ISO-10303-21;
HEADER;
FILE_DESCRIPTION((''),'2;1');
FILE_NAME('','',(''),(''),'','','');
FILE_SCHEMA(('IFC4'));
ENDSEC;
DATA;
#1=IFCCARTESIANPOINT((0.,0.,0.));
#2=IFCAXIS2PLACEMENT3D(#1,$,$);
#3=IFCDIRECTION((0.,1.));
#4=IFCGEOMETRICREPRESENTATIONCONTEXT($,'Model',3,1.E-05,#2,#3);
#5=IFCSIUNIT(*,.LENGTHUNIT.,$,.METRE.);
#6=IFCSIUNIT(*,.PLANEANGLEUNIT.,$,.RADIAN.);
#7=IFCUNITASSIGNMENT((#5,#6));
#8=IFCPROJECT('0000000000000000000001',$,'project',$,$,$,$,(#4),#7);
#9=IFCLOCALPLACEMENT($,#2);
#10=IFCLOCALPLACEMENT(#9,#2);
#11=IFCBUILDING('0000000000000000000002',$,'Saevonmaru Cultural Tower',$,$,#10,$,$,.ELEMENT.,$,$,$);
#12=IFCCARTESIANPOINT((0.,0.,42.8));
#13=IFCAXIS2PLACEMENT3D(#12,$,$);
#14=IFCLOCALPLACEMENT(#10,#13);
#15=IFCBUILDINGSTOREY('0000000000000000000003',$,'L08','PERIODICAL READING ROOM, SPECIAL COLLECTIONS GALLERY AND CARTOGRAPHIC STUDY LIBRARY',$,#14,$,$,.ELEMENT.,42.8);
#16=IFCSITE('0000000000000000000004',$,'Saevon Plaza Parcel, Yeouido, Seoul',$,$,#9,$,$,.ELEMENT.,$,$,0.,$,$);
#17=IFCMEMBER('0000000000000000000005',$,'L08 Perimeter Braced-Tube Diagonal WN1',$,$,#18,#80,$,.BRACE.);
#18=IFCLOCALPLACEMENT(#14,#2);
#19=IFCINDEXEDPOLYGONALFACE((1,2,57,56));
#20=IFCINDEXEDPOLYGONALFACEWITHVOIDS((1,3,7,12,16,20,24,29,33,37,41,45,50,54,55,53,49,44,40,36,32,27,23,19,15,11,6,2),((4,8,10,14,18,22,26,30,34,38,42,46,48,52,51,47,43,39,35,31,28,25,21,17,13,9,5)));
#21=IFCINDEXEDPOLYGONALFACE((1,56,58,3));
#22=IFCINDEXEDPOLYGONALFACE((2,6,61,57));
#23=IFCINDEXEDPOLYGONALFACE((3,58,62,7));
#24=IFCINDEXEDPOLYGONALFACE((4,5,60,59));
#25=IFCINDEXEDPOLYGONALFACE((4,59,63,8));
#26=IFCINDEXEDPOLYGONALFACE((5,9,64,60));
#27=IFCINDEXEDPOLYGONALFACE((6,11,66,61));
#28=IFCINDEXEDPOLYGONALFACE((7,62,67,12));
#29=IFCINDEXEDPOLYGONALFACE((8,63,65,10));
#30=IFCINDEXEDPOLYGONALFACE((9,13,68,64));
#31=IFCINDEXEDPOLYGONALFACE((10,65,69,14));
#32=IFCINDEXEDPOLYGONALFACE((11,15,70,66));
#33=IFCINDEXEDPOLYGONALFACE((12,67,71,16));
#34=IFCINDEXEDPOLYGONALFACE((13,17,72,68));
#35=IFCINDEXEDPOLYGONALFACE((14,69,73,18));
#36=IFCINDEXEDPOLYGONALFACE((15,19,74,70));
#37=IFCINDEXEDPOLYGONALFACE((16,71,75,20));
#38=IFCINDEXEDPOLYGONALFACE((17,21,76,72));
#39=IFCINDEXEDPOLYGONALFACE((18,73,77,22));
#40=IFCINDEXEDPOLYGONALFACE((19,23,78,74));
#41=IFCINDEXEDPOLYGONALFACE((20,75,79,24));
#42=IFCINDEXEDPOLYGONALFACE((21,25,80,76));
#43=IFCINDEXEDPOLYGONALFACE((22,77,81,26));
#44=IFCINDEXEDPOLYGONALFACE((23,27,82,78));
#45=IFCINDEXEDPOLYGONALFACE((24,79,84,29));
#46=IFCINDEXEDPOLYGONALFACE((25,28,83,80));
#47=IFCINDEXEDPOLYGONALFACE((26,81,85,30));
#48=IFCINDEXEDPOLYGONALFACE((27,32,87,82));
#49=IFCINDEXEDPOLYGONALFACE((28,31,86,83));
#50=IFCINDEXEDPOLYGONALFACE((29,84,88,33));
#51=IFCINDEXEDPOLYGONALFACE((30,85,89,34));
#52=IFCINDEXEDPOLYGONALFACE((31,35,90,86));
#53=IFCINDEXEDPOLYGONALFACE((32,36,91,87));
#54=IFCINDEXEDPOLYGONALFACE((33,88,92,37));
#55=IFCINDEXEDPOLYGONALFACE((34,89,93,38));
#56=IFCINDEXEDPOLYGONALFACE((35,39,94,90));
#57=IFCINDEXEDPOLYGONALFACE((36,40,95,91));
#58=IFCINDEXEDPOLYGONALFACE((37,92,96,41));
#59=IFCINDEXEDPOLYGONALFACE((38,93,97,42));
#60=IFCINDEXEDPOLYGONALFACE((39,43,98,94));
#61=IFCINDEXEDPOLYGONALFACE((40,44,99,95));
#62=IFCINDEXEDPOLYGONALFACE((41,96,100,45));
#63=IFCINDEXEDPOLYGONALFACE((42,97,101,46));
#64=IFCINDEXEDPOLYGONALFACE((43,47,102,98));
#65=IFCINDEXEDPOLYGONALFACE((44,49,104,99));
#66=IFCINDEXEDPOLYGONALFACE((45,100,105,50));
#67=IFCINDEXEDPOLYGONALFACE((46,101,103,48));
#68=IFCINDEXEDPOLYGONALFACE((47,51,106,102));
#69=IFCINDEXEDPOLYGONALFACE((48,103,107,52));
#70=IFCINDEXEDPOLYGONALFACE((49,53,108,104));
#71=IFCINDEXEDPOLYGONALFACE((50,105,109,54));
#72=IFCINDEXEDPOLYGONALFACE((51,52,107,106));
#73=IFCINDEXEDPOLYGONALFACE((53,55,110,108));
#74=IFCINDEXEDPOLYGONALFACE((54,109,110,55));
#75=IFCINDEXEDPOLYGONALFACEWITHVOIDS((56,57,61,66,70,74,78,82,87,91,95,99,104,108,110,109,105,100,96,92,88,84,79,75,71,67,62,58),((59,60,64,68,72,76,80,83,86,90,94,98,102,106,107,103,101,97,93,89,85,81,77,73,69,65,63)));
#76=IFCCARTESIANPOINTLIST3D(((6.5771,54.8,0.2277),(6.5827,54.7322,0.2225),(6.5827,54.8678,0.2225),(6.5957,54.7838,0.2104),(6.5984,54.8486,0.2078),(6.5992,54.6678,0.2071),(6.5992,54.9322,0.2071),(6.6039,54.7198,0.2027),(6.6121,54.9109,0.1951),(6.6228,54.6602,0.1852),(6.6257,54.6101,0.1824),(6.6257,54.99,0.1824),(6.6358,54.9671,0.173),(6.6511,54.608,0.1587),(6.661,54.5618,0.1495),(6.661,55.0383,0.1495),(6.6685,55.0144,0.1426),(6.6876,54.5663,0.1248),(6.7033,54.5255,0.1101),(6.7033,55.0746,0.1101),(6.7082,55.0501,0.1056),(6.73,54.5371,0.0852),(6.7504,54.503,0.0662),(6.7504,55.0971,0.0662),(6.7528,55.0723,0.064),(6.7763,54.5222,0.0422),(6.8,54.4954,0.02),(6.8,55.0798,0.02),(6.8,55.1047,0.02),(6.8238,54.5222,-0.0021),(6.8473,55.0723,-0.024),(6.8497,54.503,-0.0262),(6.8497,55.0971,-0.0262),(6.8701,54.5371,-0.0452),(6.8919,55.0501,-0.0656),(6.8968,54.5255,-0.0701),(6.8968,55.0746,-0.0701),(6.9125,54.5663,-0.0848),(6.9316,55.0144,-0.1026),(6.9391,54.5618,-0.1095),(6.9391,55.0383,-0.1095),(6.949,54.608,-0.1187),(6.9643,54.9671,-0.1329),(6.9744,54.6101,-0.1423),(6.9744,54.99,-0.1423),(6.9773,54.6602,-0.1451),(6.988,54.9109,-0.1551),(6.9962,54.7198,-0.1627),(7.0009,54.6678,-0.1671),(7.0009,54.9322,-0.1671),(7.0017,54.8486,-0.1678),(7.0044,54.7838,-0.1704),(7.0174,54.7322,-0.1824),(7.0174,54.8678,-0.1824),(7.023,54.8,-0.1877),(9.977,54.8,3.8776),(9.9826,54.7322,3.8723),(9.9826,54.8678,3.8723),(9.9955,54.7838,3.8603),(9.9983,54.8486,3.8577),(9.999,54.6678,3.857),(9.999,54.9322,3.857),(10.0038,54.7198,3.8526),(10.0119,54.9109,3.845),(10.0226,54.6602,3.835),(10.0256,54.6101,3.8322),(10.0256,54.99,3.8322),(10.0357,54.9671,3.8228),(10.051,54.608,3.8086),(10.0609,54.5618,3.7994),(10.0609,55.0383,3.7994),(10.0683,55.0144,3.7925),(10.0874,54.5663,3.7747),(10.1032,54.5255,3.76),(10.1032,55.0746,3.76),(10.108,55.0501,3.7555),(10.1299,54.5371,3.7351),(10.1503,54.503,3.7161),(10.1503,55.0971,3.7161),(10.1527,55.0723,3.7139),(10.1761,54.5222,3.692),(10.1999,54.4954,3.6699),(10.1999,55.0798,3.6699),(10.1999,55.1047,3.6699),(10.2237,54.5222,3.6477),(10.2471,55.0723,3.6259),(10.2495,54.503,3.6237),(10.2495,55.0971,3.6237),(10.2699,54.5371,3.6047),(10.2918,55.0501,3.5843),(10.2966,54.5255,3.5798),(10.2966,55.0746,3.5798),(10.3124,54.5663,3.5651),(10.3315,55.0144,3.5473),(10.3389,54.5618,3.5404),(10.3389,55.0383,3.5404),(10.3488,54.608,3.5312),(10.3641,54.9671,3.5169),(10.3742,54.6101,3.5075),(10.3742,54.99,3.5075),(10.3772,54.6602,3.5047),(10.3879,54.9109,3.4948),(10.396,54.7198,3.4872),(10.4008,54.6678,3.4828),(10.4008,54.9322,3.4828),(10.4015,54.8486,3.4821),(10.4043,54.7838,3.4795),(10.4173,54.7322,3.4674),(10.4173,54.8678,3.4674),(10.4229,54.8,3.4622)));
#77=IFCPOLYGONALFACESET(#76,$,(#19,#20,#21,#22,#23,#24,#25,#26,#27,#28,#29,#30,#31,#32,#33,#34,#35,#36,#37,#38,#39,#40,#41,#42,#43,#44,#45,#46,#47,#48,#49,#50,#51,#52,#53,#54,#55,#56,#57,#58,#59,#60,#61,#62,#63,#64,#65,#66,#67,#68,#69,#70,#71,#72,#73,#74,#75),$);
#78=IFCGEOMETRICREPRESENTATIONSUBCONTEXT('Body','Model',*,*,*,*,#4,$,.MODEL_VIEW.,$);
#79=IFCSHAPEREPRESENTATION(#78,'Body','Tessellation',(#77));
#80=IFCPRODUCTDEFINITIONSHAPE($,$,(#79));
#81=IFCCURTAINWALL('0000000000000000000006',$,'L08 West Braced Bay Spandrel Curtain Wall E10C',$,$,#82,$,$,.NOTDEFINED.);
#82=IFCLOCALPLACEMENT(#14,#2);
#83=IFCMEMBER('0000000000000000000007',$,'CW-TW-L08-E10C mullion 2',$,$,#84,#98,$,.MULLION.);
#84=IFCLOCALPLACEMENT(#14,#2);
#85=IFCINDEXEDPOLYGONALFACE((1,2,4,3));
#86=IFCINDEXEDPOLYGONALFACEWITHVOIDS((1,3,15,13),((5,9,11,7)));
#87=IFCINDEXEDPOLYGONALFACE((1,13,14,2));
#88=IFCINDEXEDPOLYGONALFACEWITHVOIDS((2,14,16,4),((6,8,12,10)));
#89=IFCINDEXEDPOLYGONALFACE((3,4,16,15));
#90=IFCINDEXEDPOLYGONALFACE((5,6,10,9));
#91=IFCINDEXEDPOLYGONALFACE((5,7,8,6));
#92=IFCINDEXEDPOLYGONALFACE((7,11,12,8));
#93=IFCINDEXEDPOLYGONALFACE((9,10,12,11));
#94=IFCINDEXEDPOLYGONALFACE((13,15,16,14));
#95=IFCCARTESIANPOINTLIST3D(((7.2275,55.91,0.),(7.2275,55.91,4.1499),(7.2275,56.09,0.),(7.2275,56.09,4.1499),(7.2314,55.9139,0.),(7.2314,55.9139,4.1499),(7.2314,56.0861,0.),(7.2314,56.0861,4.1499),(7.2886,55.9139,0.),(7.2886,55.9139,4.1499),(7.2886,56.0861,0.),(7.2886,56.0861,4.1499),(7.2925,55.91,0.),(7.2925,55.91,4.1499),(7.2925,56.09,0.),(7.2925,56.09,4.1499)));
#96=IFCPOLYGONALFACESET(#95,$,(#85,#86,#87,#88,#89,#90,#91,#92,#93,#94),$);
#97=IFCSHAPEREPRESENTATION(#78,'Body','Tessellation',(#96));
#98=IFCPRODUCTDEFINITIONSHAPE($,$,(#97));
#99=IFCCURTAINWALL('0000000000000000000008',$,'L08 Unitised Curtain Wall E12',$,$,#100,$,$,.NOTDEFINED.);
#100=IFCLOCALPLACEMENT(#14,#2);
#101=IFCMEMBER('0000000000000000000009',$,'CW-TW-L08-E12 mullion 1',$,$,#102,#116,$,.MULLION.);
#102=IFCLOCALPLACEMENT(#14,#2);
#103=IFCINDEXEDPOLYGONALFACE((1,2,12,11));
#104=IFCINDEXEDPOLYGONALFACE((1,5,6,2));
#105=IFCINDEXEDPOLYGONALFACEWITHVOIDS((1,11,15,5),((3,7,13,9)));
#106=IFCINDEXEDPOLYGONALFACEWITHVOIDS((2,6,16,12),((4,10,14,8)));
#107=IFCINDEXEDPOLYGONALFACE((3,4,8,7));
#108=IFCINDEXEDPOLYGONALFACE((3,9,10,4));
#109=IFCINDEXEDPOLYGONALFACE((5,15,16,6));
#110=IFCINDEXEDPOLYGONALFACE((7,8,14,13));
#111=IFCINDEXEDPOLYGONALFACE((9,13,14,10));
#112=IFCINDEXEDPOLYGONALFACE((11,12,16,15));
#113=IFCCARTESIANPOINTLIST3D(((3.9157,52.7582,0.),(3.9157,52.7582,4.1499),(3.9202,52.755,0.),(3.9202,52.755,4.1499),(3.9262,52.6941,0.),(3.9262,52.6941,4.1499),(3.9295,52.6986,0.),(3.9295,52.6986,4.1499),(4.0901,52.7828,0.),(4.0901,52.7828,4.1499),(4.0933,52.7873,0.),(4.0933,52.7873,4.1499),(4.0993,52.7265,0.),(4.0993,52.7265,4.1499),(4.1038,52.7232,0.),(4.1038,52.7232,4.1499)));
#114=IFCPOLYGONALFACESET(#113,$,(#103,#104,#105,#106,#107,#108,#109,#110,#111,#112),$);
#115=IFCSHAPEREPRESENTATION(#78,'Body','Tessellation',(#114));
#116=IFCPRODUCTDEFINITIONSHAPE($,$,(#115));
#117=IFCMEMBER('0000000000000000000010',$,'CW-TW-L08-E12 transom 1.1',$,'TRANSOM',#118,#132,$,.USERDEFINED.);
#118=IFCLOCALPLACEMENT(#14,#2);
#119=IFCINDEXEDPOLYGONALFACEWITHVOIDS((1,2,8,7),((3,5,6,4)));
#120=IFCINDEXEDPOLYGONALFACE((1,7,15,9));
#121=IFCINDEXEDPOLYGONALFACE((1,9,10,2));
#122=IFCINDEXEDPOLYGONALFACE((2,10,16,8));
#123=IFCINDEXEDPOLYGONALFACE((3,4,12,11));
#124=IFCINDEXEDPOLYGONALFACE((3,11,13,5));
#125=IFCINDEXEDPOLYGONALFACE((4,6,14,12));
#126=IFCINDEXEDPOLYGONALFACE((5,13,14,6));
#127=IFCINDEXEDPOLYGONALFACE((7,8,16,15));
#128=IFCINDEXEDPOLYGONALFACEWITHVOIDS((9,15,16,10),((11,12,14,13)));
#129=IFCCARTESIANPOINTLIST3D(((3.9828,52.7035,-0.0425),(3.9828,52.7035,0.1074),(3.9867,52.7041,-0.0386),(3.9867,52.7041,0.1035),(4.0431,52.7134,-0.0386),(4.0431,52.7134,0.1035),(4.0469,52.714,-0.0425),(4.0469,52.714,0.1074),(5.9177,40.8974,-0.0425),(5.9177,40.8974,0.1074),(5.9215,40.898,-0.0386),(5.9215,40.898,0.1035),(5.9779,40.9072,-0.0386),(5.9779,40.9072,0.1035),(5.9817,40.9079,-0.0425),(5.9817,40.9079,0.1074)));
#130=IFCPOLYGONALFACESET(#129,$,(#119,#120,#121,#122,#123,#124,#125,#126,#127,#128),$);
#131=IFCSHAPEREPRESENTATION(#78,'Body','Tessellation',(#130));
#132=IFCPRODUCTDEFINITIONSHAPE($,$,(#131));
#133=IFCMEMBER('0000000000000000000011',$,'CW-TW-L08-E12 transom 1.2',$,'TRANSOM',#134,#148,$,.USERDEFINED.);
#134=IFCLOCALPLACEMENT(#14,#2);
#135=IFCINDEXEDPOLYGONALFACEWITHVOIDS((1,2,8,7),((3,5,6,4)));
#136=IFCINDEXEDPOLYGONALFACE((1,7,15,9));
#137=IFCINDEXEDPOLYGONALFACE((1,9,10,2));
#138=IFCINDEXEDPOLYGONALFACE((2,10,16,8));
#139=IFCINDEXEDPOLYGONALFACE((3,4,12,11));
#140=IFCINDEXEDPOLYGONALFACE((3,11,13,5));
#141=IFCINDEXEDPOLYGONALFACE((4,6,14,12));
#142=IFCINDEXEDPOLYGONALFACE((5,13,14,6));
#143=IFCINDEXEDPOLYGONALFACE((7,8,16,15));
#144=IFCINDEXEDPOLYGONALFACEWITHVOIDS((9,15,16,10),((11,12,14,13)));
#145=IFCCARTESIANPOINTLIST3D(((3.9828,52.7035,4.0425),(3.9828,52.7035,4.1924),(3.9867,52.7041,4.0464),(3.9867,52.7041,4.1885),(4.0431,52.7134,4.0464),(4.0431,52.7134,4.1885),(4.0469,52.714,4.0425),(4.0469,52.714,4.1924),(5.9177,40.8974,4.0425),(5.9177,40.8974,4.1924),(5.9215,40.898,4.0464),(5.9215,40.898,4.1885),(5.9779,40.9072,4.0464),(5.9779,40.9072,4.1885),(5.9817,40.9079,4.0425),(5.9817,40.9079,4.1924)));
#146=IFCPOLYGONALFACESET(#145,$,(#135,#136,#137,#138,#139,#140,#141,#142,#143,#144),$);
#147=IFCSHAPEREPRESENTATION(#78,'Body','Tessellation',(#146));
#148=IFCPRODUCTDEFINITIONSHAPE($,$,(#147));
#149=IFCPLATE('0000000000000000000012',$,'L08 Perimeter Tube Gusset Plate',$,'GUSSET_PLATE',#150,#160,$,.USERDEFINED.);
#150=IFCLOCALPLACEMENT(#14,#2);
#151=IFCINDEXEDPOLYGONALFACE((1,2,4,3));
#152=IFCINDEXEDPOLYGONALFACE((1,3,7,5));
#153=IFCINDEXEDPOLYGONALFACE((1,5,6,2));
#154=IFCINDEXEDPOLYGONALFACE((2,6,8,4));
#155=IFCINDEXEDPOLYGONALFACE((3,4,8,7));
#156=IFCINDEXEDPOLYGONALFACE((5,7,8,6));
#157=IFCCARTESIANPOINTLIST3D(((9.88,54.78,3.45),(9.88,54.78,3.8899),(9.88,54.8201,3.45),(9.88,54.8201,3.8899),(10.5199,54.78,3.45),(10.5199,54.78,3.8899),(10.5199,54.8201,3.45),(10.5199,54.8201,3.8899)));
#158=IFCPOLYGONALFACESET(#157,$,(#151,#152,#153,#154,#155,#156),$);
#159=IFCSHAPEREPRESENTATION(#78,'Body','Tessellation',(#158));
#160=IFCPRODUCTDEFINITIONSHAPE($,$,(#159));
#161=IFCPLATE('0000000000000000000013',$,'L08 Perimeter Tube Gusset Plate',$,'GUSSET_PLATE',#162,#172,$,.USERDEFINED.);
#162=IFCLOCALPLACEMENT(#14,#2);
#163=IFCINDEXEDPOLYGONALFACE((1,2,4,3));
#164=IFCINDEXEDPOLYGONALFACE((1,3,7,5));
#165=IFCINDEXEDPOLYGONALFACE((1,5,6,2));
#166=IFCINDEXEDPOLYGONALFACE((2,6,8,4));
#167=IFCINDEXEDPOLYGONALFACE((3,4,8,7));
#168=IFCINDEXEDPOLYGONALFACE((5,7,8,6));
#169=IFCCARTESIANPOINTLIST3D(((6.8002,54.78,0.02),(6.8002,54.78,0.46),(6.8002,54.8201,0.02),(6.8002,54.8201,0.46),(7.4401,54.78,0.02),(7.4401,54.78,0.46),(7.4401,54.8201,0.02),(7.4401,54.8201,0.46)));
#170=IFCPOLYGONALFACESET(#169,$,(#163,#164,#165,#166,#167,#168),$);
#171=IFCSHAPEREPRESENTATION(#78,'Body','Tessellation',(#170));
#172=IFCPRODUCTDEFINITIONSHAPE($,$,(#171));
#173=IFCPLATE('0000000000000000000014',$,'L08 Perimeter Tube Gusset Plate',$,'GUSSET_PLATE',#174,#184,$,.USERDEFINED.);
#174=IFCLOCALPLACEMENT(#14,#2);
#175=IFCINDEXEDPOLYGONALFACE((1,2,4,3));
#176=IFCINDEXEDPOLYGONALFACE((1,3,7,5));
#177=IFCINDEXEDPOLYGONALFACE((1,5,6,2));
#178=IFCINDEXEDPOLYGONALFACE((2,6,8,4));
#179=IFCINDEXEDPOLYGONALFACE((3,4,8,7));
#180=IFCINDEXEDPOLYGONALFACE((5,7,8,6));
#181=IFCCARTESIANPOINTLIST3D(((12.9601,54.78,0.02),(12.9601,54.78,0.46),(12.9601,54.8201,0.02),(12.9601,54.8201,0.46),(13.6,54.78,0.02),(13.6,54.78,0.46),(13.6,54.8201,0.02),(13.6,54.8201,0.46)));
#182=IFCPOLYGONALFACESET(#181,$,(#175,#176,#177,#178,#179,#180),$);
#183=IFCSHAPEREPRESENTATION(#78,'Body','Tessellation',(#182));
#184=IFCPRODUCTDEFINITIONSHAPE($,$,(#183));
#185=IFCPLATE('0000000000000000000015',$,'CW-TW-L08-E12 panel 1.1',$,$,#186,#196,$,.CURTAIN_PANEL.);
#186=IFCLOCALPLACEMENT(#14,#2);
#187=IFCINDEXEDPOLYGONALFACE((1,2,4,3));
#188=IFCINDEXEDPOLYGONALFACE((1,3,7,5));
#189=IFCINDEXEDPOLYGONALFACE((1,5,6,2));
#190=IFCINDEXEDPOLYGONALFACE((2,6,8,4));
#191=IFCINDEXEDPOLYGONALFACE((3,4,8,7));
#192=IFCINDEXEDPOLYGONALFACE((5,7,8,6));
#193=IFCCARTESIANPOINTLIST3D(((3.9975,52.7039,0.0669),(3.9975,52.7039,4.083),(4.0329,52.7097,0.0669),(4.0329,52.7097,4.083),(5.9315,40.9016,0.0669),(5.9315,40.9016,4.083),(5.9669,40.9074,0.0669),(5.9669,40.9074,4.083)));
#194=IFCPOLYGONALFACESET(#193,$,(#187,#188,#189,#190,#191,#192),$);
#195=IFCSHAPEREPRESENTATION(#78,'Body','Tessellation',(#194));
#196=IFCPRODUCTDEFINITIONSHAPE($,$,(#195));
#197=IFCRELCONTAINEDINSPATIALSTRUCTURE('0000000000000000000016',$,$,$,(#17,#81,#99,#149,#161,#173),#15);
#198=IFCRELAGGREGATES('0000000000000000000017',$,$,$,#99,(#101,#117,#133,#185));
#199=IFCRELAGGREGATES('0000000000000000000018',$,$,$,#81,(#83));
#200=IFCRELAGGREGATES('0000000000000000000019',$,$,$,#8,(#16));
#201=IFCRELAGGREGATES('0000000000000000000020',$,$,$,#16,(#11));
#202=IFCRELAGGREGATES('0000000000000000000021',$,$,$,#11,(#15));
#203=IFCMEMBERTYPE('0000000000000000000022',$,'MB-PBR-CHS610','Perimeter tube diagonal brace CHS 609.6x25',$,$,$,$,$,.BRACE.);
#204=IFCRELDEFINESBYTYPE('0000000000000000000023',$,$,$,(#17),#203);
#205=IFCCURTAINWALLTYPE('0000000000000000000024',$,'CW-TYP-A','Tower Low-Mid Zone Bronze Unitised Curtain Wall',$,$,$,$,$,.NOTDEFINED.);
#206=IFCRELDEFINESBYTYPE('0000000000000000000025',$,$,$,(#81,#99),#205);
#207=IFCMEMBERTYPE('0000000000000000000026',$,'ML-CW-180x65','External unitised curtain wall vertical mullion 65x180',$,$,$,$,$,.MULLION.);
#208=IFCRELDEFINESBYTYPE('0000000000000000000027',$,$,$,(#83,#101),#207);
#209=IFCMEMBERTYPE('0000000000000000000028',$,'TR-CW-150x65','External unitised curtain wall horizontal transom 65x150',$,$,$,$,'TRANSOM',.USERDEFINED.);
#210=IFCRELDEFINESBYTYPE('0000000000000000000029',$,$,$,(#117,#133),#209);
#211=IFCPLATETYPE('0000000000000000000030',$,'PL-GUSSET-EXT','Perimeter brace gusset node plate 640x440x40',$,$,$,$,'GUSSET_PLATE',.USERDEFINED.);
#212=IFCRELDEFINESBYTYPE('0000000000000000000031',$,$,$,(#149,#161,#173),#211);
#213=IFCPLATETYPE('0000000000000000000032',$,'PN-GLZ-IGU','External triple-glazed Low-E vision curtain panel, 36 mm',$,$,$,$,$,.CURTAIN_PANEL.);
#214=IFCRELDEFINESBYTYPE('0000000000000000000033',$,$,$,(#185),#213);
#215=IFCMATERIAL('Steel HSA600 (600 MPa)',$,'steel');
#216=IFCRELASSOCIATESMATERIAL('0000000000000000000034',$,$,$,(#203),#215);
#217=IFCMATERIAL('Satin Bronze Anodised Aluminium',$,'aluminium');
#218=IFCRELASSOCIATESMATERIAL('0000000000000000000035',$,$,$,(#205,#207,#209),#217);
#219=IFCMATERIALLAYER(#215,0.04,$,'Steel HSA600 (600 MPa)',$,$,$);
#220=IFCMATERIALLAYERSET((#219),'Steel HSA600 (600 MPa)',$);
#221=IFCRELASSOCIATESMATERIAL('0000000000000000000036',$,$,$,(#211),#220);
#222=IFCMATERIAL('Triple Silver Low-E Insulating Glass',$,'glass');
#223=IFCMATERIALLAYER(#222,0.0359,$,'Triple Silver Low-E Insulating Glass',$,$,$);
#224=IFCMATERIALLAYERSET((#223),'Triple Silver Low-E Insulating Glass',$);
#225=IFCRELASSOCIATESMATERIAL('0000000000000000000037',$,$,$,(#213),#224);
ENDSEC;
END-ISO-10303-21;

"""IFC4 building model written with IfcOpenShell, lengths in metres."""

from ifc_helpers import new_model, si_unit, direction, frame, origin, origin_2d, place, context, subcontext, project, spatial, rectangle, hollow_rectangle, hollow_circle, extrude, material, layer, layer_set, material_profile, profile_set, type_object, element, aggregate, save


model = new_model("IFC4")

# Units and contexts
model_context = context("Model", 3, precision=1e-05, world=origin(), true_north=direction((0.0, 1.0)))
body_context = subcontext(model_context, "Body", "Model", "MODEL_VIEW")
ifc_project = project(units=[si_unit("LENGTHUNIT", "METRE"), si_unit("PLANEANGLEUNIT", "RADIAN")], contexts=[model_context])

# Site, building, storey
site_placement = place(None, origin())
site = spatial("IfcSite", under=ifc_project, at=site_placement, Name="Saevon Plaza Parcel, Yeouido, Seoul", CompositionType="ELEMENT", RefElevation=0.0)
building_placement = place(site_placement, origin())
building = spatial("IfcBuilding", under=site, at=building_placement, Name="Saevonmaru Cultural Tower", CompositionType="ELEMENT")
storey_placement = place(building_placement, frame((0.0, 0.0, 42.8)))
storey = spatial("IfcBuildingStorey", under=building, at=storey_placement, Name="L08", Description="PERIODICAL READING ROOM, SPECIAL COLLECTIONS GALLERY AND CARTOGRAPHIC STUDY LIBRARY", CompositionType="ELEMENT", Elevation=42.8)

# Shared definitions
ifc_material_1 = material(Name="Steel HSA600 (600 MPa)", Category="steel")

# Member
ifc_material_profile_1 = material_profile(ifc_material_1, hollow_circle(Radius=0.3047, WallThickness=0.0249, at=origin_2d()), Name="CHS-609.6x25")
ifc_profile_set_1 = profile_set([ifc_material_profile_1], Name="Steel HSA600 (600 MPa)")
member_type_1 = type_object("IfcMemberType", Name="MB-PBR-CHS610", Description="Perimeter tube diagonal brace CHS 609.6x25", PredefinedType="BRACE", material=ifc_profile_set_1)
member_1_placement = place(storey_placement, frame((6.8, 54.8, 0.02), z_axis=(0.681603, 0.0, 0.731722), x_axis=(0.0, 1.0, 0.0)))
element("IfcMember", 1, at=member_1_placement, inside=storey, type_object=member_type_1, Name="L08 Perimeter Braced-Tube Diagonal WN1", PredefinedType="BRACE", context=body_context, shape_type="SweptSolid", body=[
    extrude(hollow_circle(Radius=0.3047, WallThickness=0.0249, at=origin_2d()), origin(), (0.0, 0.0, 1.0), 4.988),
])

# Curtain wall, member
ifc_material_2 = material(Name="Satin Bronze Anodised Aluminium", Category="aluminium")
curtain_wall_type = type_object("IfcCurtainWallType", Name="CW-TYP-A", Description="Tower Low-Mid Zone Bronze Unitised Curtain Wall", PredefinedType="NOTDEFINED", material=ifc_material_2)
curtain_wall_1_placement = place(storey_placement, origin())
curtain_wall_1 = element("IfcCurtainWall", 2, at=curtain_wall_1_placement, inside=storey, type_object=curtain_wall_type, Name="L08 West Braced Bay Spandrel Curtain Wall E10C", PredefinedType="NOTDEFINED")
ifc_material_profile_2 = material_profile(ifc_material_2, hollow_rectangle(XDim=0.0649, YDim=0.1799, WallThickness=0.0039, at=origin_2d()), Name="ALU-MULL-180x65x4")
ifc_profile_set_2 = profile_set([ifc_material_profile_2], Name="Satin Bronze Anodised Aluminium")
member_type_2 = type_object("IfcMemberType", Name="ML-CW-180x65", Description="External unitised curtain wall vertical mullion 65x180", PredefinedType="MULLION", material=ifc_profile_set_2)
member_2_placement = place(storey_placement, frame((7.26, 56.0, 0.0), z_axis=(0.0, 0.0, 1.0), x_axis=(-1.0, 0.0, 0.0)))
member_2 = element("IfcMember", 3, at=member_2_placement, type_object=member_type_2, Name="CW-TW-L08-E10C mullion 2", PredefinedType="MULLION", context=body_context, shape_type="SweptSolid", body=[
    extrude(hollow_rectangle(XDim=0.0649, YDim=0.1799, WallThickness=0.0039, at=origin_2d()), origin(), (0.0, 0.0, 1.0), 4.1499),
])

# Curtain wall, members
curtain_wall_2_placement = place(storey_placement, origin())
curtain_wall_2 = element("IfcCurtainWall", 4, at=curtain_wall_2_placement, inside=storey, type_object=curtain_wall_type, Name="L08 Unitised Curtain Wall E12", PredefinedType="NOTDEFINED")
member_3_placement = place(storey_placement, frame((4.0098, 52.7407, 0.0), z_axis=(0.0, 0.0, 1.0), x_axis=(0.161709, -0.986839, 0.0)))
member_3 = element("IfcMember", 5, at=member_3_placement, type_object=member_type_2, Name="CW-TW-L08-E12 mullion 1", PredefinedType="MULLION", context=body_context, shape_type="SweptSolid", body=[
    extrude(hollow_rectangle(XDim=0.0649, YDim=0.1799, WallThickness=0.0039, at=origin_2d()), origin(), (0.0, 0.0, 1.0), 4.1499),
])
ifc_material_profile_3 = material_profile(ifc_material_2, hollow_rectangle(XDim=0.0649, YDim=0.1499, WallThickness=0.0039, at=origin_2d()), Name="ALU-TRAN-150x65x4")
ifc_profile_set_3 = profile_set([ifc_material_profile_3], Name="Satin Bronze Anodised Aluminium")
member_type_3 = type_object("IfcMemberType", Name="TR-CW-150x65", Description="External unitised curtain wall horizontal transom 65x150", ElementType="TRANSOM", PredefinedType="USERDEFINED", material=ifc_profile_set_3)
member_4_placement = place(storey_placement, frame((4.0149, 52.7087, 0.0325), z_axis=(0.161725, -0.986836, 0.0), x_axis=(0.986836, 0.161725, 0.0)))
member_4 = element("IfcMember", 6, at=member_4_placement, type_object=member_type_3, Name="CW-TW-L08-E12 transom 1.1", ObjectType="TRANSOM", PredefinedType="USERDEFINED", context=body_context, shape_type="SweptSolid", body=[
    extrude(hollow_rectangle(XDim=0.0649, YDim=0.1499, WallThickness=0.0039, at=origin_2d()), origin(), (0.0, 0.0, 1.0), 11.9636),
])
member_5_placement = place(storey_placement, frame((4.0149, 52.7087, 4.1174), z_axis=(0.161725, -0.986836, 0.0), x_axis=(0.986836, 0.161725, 0.0)))
member_5 = element("IfcMember", 7, at=member_5_placement, type_object=member_type_3, Name="CW-TW-L08-E12 transom 1.2", ObjectType="TRANSOM", PredefinedType="USERDEFINED", context=body_context, shape_type="SweptSolid", body=[
    extrude(hollow_rectangle(XDim=0.0649, YDim=0.1499, WallThickness=0.0039, at=origin_2d()), origin(), (0.0, 0.0, 1.0), 11.9636),
])

# Plates
ifc_layer_1 = layer(ifc_material_1, 0.04, Name="Steel HSA600 (600 MPa)")
ifc_layer_set_1 = layer_set([ifc_layer_1], Name="Steel HSA600 (600 MPa)")
plate_type_1 = type_object("IfcPlateType", Name="PL-GUSSET-EXT", Description="Perimeter brace gusset node plate 640x440x40", ElementType="GUSSET_PLATE", PredefinedType="USERDEFINED", material=ifc_layer_set_1)
for number, where, z_axis, x_axis, name in (
    (8, (10.2, 54.8, 3.45), (0.0, 0.0, 1.0), (1.0, 0.0, 0.0), "L08 Perimeter Tube Gusset Plate"),
    (9, (7.1201, 54.8, 0.02), (0.0, 0.0, 1.0), (1.0, 0.0, 0.0), "L08 Perimeter Tube Gusset Plate"),
    (10, (13.28, 54.8, 0.02), (0.0, 0.0, 1.0), (1.0, 0.0, 0.0), "L08 Perimeter Tube Gusset Plate"),
):
    element("IfcPlate", number, at=place(storey_placement, frame(where, z_axis=z_axis, x_axis=x_axis)), inside=storey, type_object=plate_type_1, Name=name, ObjectType="GUSSET_PLATE", PredefinedType="USERDEFINED", context=body_context, shape_type="SweptSolid", body=[
        extrude(rectangle(XDim=0.6399, YDim=0.04, at=origin_2d()), origin(), (0.0, 0.0, 1.0), 0.4399),
    ])

# Plate
ifc_material_3 = material(Name="Triple Silver Low-E Insulating Glass", Category="glass")
ifc_layer_2 = layer(ifc_material_3, 0.0359, Name="Triple Silver Low-E Insulating Glass")
ifc_layer_set_2 = layer_set([ifc_layer_2], Name="Triple Silver Low-E Insulating Glass")
plate_type_2 = type_object("IfcPlateType", Name="PN-GLZ-IGU", Description="External triple-glazed Low-E vision curtain panel, 36 mm", PredefinedType="CURTAIN_PANEL", material=ifc_layer_set_2)
plate_1_placement = place(storey_placement, frame((4.9822, 46.8057, 0.0669), z_axis=(0.0, 0.0, 1.0), x_axis=(0.161709, -0.986839, 0.0)))
plate_1 = element("IfcPlate", 11, at=plate_1_placement, type_object=plate_type_2, Name="CW-TW-L08-E12 panel 1.1", PredefinedType="CURTAIN_PANEL", context=body_context, shape_type="SweptSolid", body=[
    extrude(rectangle(XDim=11.9597, YDim=0.0359, at=origin_2d()), origin(), (0.0, 0.0, 1.0), 4.0161),
])
aggregate(curtain_wall_2, [member_3, member_4, member_5, plate_1])
aggregate(curtain_wall_1, [member_2])

save(model, "model.ifc")
